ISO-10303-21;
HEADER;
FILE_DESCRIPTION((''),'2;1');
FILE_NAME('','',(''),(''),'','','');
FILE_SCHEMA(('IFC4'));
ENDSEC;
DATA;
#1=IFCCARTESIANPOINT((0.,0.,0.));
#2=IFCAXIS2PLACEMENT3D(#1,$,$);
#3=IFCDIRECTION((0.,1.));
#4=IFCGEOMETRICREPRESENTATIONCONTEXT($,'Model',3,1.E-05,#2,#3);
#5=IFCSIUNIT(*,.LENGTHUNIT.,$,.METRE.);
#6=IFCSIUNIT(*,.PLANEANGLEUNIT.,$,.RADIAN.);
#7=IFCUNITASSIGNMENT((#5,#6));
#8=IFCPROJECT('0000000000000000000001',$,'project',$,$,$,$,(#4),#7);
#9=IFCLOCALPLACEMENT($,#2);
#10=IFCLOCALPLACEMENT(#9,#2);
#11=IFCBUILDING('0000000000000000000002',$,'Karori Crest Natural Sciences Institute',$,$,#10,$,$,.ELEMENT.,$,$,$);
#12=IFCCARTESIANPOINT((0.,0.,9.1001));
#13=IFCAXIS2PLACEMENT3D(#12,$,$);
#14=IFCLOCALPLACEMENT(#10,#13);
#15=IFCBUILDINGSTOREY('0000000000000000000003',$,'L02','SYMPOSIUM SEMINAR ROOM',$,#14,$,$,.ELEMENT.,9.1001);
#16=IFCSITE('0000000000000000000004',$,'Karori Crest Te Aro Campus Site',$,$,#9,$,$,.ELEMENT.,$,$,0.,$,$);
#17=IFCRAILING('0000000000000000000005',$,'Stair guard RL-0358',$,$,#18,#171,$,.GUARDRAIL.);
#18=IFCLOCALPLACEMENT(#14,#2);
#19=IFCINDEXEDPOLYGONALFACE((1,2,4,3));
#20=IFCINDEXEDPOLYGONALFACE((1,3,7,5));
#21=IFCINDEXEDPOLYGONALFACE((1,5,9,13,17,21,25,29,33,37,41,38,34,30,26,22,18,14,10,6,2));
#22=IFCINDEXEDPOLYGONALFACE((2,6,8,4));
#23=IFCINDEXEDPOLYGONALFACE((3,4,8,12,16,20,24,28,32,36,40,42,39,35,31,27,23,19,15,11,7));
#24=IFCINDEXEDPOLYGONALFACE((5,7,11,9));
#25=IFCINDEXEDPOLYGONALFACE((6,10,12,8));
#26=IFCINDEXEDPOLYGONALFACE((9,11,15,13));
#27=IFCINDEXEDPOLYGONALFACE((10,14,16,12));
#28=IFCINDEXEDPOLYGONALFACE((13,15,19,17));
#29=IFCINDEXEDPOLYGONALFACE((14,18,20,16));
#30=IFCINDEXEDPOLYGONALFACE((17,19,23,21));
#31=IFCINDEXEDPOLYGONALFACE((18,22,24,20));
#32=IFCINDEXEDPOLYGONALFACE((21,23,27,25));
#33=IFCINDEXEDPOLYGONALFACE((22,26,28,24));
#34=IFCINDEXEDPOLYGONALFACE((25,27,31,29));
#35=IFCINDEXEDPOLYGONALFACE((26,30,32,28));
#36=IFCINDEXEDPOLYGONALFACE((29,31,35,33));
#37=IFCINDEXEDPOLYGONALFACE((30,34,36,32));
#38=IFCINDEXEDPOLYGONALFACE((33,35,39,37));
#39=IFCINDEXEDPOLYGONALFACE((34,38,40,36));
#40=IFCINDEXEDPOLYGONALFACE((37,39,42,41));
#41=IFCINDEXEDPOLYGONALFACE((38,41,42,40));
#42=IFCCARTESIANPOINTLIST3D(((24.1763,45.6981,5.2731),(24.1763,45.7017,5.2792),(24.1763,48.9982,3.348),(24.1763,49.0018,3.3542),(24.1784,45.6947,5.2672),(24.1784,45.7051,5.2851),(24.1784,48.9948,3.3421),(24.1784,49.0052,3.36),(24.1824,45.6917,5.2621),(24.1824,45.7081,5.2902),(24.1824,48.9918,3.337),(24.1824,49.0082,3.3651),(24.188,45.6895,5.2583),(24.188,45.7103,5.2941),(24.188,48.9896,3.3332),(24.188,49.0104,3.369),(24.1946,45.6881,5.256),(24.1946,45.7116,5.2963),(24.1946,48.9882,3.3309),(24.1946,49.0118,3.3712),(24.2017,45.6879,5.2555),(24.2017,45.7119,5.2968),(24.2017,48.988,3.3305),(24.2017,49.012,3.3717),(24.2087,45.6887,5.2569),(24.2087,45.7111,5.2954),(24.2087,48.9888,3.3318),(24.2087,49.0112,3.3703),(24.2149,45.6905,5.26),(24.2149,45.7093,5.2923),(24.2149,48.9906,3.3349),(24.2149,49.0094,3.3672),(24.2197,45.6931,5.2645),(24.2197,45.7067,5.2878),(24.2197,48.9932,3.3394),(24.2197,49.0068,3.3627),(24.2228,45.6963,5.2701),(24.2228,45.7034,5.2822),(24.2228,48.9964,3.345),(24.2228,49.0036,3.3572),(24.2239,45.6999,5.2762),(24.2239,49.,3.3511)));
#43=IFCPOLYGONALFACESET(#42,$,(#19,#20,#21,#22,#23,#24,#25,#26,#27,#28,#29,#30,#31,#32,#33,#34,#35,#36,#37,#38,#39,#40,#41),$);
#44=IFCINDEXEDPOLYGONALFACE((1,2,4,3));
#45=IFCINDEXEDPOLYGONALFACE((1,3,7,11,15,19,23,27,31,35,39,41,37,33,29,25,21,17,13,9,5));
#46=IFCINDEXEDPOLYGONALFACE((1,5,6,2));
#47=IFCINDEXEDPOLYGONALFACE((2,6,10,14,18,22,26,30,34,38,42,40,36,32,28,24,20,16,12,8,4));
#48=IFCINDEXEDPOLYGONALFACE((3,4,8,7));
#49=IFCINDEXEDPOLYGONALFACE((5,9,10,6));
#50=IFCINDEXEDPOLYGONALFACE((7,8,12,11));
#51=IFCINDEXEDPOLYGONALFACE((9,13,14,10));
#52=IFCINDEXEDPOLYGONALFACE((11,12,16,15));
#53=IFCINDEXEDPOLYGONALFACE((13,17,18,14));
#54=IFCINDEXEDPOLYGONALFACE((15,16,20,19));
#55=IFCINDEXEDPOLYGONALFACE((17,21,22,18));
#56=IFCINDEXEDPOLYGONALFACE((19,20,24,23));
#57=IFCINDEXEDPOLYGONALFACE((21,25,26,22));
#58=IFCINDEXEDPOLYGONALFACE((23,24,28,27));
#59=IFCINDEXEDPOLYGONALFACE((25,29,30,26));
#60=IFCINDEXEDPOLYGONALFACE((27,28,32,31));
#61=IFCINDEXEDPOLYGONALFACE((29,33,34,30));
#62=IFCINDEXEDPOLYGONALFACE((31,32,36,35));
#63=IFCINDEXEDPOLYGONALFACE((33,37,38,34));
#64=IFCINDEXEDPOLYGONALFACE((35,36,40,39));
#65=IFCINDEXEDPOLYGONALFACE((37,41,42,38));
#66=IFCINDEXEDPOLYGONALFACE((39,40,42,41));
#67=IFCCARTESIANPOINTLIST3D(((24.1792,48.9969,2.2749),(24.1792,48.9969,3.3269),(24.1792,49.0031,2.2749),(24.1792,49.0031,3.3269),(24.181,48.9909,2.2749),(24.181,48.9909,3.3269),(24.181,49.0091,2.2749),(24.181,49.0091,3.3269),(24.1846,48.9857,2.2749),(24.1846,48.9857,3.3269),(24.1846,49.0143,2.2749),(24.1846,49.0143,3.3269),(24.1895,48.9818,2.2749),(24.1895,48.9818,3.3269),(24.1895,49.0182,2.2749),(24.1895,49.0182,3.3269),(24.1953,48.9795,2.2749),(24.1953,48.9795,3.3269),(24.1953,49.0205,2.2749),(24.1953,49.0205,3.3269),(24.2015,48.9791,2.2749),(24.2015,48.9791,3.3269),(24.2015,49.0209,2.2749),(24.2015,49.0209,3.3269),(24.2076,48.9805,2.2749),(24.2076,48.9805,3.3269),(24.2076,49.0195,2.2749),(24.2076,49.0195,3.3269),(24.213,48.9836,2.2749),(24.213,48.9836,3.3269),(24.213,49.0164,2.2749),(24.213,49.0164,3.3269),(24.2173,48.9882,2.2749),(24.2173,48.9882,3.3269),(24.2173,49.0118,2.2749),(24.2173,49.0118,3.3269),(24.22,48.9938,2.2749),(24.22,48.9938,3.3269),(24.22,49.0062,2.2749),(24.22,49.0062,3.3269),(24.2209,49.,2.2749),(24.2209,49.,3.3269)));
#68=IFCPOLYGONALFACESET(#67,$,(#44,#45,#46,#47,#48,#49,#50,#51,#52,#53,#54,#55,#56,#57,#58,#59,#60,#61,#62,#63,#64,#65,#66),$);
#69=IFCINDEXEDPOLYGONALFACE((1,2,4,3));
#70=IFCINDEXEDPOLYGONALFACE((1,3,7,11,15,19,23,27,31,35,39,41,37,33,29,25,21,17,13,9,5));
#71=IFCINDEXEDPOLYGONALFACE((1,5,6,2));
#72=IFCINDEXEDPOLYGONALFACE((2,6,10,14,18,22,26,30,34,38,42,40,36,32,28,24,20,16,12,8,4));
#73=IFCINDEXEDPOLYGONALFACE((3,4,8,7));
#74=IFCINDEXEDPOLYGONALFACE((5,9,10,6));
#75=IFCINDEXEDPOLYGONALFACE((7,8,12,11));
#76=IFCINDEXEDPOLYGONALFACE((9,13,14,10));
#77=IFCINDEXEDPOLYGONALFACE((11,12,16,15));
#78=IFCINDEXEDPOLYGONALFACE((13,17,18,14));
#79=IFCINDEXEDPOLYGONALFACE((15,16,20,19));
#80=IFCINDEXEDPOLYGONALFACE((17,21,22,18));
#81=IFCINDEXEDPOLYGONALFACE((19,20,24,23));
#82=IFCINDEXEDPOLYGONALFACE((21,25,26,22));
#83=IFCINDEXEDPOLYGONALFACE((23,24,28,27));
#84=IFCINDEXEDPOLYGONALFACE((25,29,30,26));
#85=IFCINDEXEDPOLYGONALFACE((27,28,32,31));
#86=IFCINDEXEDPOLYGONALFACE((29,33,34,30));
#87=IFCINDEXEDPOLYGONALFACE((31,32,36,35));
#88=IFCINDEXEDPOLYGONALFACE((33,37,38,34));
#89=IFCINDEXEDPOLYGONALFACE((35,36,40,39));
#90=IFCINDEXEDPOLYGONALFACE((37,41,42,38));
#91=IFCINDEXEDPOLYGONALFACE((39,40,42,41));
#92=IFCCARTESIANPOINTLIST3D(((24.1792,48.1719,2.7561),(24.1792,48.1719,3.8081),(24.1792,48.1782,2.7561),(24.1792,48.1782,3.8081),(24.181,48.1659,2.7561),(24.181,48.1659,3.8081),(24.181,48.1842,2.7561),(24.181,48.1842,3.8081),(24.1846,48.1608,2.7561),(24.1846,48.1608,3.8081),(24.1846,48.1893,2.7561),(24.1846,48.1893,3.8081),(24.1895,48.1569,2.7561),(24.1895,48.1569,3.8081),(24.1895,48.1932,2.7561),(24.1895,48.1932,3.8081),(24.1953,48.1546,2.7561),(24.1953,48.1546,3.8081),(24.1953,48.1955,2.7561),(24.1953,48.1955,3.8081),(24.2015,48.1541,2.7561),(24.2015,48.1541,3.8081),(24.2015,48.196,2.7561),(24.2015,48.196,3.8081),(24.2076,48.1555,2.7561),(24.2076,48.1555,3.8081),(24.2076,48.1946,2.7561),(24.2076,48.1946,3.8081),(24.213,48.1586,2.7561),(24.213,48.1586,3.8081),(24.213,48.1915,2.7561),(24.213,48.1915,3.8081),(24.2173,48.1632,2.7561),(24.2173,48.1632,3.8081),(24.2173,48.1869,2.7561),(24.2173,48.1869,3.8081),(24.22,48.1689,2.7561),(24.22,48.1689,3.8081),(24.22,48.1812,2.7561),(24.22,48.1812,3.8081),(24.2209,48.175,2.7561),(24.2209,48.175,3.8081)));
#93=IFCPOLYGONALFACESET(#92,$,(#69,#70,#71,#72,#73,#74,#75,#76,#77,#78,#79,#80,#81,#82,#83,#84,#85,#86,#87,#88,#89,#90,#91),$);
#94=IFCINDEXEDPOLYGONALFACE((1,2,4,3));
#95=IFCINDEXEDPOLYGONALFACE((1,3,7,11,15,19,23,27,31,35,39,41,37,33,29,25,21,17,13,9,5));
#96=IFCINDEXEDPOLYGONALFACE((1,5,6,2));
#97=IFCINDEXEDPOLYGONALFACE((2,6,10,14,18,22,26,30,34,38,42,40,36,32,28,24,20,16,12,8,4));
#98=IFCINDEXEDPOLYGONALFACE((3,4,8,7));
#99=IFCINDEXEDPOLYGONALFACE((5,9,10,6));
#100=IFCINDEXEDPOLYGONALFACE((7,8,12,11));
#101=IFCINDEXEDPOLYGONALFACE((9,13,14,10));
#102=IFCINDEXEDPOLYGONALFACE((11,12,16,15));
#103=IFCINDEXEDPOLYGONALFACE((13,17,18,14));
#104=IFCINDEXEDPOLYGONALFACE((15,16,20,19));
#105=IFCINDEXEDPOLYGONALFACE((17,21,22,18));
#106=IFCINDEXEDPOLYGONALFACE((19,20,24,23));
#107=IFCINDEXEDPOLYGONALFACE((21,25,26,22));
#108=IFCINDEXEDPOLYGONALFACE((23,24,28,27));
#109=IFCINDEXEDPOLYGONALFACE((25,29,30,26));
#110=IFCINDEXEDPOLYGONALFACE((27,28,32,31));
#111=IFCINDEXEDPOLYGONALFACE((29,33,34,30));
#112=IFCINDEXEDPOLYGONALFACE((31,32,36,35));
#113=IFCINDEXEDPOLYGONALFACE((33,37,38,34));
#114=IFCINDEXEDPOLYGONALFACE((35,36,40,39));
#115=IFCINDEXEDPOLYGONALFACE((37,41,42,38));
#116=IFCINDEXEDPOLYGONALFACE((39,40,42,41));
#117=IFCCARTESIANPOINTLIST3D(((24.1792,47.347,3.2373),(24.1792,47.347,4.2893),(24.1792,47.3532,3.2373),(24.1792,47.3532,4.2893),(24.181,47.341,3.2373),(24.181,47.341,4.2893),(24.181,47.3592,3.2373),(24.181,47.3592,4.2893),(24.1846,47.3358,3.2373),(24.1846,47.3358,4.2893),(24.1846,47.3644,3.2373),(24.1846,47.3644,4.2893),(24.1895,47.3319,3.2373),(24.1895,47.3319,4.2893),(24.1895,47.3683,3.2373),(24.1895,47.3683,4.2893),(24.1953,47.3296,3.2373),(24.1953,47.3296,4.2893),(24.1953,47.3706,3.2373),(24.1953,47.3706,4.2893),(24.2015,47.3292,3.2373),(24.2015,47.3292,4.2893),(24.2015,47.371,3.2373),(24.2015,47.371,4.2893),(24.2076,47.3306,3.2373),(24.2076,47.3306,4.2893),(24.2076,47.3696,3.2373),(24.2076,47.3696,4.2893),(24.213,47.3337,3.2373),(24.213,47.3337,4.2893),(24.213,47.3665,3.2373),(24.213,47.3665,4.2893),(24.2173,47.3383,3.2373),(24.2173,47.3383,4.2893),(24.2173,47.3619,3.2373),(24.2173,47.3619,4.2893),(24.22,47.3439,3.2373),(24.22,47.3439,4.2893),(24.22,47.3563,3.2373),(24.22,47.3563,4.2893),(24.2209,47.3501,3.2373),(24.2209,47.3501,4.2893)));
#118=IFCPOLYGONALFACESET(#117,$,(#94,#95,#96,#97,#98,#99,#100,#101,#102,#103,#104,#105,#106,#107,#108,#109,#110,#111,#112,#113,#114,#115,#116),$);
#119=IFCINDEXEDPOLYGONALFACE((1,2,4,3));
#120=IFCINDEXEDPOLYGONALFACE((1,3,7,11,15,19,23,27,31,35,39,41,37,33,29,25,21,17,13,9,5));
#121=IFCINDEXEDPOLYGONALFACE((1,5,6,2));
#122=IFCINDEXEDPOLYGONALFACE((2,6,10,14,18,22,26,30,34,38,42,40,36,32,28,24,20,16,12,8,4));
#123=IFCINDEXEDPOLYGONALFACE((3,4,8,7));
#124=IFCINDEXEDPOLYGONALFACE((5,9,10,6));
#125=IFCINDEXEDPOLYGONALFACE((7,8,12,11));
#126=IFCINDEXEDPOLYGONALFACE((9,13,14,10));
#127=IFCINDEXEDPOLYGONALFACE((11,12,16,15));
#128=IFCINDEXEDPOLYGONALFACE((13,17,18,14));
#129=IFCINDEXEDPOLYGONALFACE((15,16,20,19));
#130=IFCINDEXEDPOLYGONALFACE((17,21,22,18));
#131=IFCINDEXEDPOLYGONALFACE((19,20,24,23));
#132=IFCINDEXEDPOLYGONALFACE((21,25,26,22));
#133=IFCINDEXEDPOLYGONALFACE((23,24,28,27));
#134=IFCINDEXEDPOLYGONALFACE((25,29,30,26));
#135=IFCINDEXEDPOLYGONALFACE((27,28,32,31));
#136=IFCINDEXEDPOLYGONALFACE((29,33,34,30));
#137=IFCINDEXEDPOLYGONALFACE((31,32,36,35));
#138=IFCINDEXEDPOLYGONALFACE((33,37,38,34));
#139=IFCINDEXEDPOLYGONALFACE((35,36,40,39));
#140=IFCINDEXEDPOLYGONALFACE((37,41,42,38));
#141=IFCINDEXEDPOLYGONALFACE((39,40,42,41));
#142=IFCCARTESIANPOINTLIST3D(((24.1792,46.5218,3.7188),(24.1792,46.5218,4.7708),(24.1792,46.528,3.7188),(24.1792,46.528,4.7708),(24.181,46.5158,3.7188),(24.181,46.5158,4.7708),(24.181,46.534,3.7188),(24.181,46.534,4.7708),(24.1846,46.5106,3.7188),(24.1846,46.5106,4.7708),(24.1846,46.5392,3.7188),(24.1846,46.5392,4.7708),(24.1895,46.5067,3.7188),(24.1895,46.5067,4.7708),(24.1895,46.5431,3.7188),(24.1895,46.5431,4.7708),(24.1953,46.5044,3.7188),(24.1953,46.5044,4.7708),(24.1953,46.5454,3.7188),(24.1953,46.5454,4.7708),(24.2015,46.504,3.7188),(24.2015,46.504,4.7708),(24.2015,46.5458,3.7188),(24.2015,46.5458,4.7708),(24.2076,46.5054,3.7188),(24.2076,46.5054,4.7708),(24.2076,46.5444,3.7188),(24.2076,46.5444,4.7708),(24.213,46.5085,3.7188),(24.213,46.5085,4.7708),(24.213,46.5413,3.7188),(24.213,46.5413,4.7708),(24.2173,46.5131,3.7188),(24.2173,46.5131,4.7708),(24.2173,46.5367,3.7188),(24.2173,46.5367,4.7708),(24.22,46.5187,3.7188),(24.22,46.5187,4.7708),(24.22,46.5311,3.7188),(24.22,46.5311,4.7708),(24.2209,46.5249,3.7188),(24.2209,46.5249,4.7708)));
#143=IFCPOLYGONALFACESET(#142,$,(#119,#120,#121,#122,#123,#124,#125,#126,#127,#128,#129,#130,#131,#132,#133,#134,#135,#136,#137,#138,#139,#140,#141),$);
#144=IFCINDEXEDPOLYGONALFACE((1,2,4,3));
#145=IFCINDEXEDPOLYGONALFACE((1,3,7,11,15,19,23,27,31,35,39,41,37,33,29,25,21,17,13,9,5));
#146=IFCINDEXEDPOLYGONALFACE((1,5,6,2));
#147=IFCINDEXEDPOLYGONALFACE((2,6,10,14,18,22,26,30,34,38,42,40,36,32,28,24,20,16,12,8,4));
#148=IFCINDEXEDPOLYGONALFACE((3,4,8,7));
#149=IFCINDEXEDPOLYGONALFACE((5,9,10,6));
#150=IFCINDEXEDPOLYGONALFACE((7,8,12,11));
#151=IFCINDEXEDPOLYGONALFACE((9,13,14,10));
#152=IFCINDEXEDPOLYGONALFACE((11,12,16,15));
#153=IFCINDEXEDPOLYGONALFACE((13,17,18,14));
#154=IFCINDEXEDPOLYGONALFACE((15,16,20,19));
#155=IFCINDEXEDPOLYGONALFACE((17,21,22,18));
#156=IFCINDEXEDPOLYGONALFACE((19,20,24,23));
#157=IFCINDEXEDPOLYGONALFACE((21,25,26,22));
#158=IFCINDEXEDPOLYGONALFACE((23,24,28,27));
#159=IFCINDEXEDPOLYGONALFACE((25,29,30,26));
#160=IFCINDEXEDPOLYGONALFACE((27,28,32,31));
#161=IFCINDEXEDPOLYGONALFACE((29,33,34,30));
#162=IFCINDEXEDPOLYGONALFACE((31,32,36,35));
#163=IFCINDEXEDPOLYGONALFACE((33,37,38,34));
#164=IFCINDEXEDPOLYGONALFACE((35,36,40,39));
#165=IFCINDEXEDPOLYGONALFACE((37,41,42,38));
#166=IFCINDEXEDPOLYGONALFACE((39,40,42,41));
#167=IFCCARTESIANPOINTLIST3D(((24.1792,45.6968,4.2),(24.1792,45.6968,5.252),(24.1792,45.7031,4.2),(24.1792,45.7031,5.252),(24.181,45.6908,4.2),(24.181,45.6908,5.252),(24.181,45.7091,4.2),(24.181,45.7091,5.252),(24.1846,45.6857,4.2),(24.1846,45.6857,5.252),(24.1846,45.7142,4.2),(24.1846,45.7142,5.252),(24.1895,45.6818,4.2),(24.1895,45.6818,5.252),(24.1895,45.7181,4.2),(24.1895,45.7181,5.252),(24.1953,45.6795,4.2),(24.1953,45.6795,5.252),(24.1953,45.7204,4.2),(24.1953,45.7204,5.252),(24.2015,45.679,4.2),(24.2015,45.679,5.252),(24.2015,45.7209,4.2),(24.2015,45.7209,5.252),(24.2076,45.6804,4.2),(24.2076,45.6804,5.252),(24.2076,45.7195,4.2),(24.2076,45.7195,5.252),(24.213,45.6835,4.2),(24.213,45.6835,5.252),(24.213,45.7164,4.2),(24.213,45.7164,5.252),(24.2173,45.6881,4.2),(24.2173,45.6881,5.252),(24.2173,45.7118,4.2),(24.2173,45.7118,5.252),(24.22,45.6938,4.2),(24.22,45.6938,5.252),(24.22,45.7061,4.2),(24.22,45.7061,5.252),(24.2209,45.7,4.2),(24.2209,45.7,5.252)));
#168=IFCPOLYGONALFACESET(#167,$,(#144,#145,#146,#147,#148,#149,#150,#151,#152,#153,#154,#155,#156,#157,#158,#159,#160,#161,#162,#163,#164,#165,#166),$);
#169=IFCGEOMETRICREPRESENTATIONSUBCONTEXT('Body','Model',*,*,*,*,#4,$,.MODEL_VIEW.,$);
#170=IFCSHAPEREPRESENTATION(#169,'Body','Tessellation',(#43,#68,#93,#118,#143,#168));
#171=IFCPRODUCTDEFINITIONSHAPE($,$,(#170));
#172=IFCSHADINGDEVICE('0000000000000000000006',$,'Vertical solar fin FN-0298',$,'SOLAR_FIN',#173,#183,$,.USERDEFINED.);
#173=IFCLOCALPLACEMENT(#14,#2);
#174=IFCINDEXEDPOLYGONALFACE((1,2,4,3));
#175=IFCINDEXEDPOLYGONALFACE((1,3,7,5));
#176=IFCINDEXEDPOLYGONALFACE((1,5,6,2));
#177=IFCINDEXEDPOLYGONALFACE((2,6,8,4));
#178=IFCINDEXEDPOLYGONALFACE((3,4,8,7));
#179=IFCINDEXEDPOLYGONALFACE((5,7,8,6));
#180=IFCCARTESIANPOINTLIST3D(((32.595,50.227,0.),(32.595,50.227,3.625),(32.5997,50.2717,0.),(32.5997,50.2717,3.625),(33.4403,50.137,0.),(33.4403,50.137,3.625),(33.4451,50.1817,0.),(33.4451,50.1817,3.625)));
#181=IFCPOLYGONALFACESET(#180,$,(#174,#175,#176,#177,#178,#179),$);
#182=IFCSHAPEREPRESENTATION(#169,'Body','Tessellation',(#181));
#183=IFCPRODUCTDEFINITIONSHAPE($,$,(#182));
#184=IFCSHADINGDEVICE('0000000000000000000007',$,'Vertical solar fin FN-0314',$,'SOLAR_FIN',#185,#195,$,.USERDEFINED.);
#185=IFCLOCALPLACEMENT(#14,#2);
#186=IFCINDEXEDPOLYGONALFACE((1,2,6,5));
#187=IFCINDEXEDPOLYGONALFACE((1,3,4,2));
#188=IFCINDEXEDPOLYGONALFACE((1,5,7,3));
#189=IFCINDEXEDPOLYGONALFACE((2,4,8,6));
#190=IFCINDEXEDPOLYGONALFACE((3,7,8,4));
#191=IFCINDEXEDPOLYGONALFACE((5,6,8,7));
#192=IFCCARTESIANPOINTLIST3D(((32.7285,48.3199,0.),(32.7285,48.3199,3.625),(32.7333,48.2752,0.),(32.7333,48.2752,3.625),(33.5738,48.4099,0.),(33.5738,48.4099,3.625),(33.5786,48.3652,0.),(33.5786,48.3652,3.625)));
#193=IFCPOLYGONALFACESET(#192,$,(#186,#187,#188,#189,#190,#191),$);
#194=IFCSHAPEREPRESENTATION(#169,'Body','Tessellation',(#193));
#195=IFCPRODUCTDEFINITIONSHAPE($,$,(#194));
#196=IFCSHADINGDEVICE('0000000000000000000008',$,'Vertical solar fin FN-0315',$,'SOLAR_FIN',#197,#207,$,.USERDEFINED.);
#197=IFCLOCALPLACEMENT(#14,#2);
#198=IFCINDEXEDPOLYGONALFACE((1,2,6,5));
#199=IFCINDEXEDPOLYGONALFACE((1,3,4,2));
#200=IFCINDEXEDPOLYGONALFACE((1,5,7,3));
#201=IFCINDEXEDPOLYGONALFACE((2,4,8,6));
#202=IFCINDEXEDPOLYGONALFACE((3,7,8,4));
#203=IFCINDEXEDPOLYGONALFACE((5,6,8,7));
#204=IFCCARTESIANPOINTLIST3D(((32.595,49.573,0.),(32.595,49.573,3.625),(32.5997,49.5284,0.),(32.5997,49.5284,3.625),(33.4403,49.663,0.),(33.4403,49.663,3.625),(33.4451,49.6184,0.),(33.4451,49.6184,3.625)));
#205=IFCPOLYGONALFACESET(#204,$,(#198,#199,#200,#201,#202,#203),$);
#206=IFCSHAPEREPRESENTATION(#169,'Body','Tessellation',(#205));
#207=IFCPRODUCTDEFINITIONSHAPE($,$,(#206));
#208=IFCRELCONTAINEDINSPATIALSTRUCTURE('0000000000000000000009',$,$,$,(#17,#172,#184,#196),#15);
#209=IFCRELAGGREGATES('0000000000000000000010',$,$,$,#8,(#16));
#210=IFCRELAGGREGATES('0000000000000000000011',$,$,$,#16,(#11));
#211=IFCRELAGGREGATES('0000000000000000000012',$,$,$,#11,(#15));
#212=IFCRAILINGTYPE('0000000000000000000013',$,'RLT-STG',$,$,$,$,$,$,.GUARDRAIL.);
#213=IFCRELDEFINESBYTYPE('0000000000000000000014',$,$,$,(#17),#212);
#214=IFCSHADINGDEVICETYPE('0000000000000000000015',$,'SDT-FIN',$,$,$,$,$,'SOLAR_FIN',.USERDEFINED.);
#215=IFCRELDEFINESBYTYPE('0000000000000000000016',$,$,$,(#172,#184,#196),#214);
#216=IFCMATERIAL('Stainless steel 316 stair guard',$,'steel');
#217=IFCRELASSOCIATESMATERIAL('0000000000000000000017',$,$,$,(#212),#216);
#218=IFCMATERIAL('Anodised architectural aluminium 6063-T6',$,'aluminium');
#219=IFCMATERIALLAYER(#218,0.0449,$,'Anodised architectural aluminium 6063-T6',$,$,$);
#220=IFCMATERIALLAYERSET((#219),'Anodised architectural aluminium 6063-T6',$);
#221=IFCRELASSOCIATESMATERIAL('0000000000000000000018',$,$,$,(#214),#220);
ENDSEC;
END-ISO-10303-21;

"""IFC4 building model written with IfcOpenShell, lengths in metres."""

from ifc_helpers import new_model, si_unit, direction, frame, origin, origin_2d, place, context, subcontext, project, spatial, rectangle, circle, extrude, material, layer, layer_set, type_object, element, save


model = new_model("IFC4")

# Units and contexts
model_context = context("Model", 3, precision=1e-05, world=origin(), true_north=direction((0.0, 1.0)))
body_context = subcontext(model_context, "Body", "Model", "MODEL_VIEW")
ifc_project = project(units=[si_unit("LENGTHUNIT", "METRE"), si_unit("PLANEANGLEUNIT", "RADIAN")], contexts=[model_context])

# Site, building, storey
site_placement = place(None, origin())
site = spatial("IfcSite", under=ifc_project, at=site_placement, Name="Karori Crest Te Aro Campus Site", CompositionType="ELEMENT", RefElevation=0.0)
building_placement = place(site_placement, origin())
building = spatial("IfcBuilding", under=site, at=building_placement, Name="Karori Crest Natural Sciences Institute", CompositionType="ELEMENT")
storey_placement = place(building_placement, frame((0.0, 0.0, 9.1001)))
storey = spatial("IfcBuildingStorey", under=building, at=storey_placement, Name="L02", Description="SYMPOSIUM SEMINAR ROOM", CompositionType="ELEMENT", Elevation=9.1001)

# Shared definitions
ifc_material_1 = material(Name="Anodised architectural aluminium 6063-T6", Category="aluminium")

# Railing
ifc_material_2 = material(Name="Stainless steel 316 stair guard", Category="steel")
railing_type_1 = type_object("IfcRailingType", Name="RLT-STG", PredefinedType="GUARDRAIL", material=ifc_material_2)
railing_1_placement = place(storey_placement, frame((24.2, 49.0, 2.2749)))
element("IfcRailing", 1, at=railing_1_placement, inside=storey, type_object=railing_type_1, Name="Stair guard RL-0358", PredefinedType="GUARDRAIL", context=body_context, shape_type="SweptSolid", body=[
    extrude(circle(Radius=0.0239, at=origin_2d()), frame((0.0, 0.0, 1.0762), z_axis=(0.0, -0.863777, 0.503875), x_axis=(1.0, 0.0, 0.0)), (0.0, 0.0, 1.0), 3.8206),
    extrude(circle(Radius=0.021, at=origin_2d()), origin(), (0.0, 0.0, 1.0), 1.052),
    extrude(circle(Radius=0.021, at=origin_2d()), frame((0.0, -0.825, 0.4812)), (0.0, 0.0, 1.0), 1.052),
    extrude(circle(Radius=0.021, at=origin_2d()), frame((0.0, -1.6499, 0.9624)), (0.0, 0.0, 1.0), 1.052),
    extrude(circle(Radius=0.021, at=origin_2d()), frame((0.0, -2.4751, 1.4438)), (0.0, 0.0, 1.0), 1.052),
    extrude(circle(Radius=0.021, at=origin_2d()), frame((0.0, -3.3, 1.925)), (0.0, 0.0, 1.0), 1.052),
])

# Shading devices
ifc_layer_1 = layer(ifc_material_1, 0.0449, Name="Anodised architectural aluminium 6063-T6")
ifc_layer_set_1 = layer_set([ifc_layer_1], Name="Anodised architectural aluminium 6063-T6")
shading_device_type = type_object("IfcShadingDeviceType", Name="SDT-FIN", ElementType="SOLAR_FIN", PredefinedType="USERDEFINED", material=ifc_layer_set_1)
for number, where, z_axis, x_axis, name in (
    (2, (33.02, 50.2043, 0.0), (0.0, 0.0, 1.0), (-0.994378, 0.105884, 0.0), "Vertical solar fin FN-0298"),
    (3, (33.1536, 48.3425, 0.0), (0.0, 0.0, 1.0), (-0.994379, -0.105882, 0.0), "Vertical solar fin FN-0314"),
    (4, (33.02, 49.5957, 0.0), (0.0, 0.0, 1.0), (-0.994379, -0.105882, 0.0), "Vertical solar fin FN-0315"),
):
    element("IfcShadingDevice", number, at=place(storey_placement, frame(where, z_axis=z_axis, x_axis=x_axis)), inside=storey, type_object=shading_device_type, Name=name, ObjectType="SOLAR_FIN", PredefinedType="USERDEFINED", context=body_context, shape_type="SweptSolid", body=[
        extrude(rectangle(XDim=0.8501, YDim=0.0449, at=origin_2d()), origin(), (0.0, 0.0, 1.0), 3.625),
    ])

save(model, "model.ifc")
